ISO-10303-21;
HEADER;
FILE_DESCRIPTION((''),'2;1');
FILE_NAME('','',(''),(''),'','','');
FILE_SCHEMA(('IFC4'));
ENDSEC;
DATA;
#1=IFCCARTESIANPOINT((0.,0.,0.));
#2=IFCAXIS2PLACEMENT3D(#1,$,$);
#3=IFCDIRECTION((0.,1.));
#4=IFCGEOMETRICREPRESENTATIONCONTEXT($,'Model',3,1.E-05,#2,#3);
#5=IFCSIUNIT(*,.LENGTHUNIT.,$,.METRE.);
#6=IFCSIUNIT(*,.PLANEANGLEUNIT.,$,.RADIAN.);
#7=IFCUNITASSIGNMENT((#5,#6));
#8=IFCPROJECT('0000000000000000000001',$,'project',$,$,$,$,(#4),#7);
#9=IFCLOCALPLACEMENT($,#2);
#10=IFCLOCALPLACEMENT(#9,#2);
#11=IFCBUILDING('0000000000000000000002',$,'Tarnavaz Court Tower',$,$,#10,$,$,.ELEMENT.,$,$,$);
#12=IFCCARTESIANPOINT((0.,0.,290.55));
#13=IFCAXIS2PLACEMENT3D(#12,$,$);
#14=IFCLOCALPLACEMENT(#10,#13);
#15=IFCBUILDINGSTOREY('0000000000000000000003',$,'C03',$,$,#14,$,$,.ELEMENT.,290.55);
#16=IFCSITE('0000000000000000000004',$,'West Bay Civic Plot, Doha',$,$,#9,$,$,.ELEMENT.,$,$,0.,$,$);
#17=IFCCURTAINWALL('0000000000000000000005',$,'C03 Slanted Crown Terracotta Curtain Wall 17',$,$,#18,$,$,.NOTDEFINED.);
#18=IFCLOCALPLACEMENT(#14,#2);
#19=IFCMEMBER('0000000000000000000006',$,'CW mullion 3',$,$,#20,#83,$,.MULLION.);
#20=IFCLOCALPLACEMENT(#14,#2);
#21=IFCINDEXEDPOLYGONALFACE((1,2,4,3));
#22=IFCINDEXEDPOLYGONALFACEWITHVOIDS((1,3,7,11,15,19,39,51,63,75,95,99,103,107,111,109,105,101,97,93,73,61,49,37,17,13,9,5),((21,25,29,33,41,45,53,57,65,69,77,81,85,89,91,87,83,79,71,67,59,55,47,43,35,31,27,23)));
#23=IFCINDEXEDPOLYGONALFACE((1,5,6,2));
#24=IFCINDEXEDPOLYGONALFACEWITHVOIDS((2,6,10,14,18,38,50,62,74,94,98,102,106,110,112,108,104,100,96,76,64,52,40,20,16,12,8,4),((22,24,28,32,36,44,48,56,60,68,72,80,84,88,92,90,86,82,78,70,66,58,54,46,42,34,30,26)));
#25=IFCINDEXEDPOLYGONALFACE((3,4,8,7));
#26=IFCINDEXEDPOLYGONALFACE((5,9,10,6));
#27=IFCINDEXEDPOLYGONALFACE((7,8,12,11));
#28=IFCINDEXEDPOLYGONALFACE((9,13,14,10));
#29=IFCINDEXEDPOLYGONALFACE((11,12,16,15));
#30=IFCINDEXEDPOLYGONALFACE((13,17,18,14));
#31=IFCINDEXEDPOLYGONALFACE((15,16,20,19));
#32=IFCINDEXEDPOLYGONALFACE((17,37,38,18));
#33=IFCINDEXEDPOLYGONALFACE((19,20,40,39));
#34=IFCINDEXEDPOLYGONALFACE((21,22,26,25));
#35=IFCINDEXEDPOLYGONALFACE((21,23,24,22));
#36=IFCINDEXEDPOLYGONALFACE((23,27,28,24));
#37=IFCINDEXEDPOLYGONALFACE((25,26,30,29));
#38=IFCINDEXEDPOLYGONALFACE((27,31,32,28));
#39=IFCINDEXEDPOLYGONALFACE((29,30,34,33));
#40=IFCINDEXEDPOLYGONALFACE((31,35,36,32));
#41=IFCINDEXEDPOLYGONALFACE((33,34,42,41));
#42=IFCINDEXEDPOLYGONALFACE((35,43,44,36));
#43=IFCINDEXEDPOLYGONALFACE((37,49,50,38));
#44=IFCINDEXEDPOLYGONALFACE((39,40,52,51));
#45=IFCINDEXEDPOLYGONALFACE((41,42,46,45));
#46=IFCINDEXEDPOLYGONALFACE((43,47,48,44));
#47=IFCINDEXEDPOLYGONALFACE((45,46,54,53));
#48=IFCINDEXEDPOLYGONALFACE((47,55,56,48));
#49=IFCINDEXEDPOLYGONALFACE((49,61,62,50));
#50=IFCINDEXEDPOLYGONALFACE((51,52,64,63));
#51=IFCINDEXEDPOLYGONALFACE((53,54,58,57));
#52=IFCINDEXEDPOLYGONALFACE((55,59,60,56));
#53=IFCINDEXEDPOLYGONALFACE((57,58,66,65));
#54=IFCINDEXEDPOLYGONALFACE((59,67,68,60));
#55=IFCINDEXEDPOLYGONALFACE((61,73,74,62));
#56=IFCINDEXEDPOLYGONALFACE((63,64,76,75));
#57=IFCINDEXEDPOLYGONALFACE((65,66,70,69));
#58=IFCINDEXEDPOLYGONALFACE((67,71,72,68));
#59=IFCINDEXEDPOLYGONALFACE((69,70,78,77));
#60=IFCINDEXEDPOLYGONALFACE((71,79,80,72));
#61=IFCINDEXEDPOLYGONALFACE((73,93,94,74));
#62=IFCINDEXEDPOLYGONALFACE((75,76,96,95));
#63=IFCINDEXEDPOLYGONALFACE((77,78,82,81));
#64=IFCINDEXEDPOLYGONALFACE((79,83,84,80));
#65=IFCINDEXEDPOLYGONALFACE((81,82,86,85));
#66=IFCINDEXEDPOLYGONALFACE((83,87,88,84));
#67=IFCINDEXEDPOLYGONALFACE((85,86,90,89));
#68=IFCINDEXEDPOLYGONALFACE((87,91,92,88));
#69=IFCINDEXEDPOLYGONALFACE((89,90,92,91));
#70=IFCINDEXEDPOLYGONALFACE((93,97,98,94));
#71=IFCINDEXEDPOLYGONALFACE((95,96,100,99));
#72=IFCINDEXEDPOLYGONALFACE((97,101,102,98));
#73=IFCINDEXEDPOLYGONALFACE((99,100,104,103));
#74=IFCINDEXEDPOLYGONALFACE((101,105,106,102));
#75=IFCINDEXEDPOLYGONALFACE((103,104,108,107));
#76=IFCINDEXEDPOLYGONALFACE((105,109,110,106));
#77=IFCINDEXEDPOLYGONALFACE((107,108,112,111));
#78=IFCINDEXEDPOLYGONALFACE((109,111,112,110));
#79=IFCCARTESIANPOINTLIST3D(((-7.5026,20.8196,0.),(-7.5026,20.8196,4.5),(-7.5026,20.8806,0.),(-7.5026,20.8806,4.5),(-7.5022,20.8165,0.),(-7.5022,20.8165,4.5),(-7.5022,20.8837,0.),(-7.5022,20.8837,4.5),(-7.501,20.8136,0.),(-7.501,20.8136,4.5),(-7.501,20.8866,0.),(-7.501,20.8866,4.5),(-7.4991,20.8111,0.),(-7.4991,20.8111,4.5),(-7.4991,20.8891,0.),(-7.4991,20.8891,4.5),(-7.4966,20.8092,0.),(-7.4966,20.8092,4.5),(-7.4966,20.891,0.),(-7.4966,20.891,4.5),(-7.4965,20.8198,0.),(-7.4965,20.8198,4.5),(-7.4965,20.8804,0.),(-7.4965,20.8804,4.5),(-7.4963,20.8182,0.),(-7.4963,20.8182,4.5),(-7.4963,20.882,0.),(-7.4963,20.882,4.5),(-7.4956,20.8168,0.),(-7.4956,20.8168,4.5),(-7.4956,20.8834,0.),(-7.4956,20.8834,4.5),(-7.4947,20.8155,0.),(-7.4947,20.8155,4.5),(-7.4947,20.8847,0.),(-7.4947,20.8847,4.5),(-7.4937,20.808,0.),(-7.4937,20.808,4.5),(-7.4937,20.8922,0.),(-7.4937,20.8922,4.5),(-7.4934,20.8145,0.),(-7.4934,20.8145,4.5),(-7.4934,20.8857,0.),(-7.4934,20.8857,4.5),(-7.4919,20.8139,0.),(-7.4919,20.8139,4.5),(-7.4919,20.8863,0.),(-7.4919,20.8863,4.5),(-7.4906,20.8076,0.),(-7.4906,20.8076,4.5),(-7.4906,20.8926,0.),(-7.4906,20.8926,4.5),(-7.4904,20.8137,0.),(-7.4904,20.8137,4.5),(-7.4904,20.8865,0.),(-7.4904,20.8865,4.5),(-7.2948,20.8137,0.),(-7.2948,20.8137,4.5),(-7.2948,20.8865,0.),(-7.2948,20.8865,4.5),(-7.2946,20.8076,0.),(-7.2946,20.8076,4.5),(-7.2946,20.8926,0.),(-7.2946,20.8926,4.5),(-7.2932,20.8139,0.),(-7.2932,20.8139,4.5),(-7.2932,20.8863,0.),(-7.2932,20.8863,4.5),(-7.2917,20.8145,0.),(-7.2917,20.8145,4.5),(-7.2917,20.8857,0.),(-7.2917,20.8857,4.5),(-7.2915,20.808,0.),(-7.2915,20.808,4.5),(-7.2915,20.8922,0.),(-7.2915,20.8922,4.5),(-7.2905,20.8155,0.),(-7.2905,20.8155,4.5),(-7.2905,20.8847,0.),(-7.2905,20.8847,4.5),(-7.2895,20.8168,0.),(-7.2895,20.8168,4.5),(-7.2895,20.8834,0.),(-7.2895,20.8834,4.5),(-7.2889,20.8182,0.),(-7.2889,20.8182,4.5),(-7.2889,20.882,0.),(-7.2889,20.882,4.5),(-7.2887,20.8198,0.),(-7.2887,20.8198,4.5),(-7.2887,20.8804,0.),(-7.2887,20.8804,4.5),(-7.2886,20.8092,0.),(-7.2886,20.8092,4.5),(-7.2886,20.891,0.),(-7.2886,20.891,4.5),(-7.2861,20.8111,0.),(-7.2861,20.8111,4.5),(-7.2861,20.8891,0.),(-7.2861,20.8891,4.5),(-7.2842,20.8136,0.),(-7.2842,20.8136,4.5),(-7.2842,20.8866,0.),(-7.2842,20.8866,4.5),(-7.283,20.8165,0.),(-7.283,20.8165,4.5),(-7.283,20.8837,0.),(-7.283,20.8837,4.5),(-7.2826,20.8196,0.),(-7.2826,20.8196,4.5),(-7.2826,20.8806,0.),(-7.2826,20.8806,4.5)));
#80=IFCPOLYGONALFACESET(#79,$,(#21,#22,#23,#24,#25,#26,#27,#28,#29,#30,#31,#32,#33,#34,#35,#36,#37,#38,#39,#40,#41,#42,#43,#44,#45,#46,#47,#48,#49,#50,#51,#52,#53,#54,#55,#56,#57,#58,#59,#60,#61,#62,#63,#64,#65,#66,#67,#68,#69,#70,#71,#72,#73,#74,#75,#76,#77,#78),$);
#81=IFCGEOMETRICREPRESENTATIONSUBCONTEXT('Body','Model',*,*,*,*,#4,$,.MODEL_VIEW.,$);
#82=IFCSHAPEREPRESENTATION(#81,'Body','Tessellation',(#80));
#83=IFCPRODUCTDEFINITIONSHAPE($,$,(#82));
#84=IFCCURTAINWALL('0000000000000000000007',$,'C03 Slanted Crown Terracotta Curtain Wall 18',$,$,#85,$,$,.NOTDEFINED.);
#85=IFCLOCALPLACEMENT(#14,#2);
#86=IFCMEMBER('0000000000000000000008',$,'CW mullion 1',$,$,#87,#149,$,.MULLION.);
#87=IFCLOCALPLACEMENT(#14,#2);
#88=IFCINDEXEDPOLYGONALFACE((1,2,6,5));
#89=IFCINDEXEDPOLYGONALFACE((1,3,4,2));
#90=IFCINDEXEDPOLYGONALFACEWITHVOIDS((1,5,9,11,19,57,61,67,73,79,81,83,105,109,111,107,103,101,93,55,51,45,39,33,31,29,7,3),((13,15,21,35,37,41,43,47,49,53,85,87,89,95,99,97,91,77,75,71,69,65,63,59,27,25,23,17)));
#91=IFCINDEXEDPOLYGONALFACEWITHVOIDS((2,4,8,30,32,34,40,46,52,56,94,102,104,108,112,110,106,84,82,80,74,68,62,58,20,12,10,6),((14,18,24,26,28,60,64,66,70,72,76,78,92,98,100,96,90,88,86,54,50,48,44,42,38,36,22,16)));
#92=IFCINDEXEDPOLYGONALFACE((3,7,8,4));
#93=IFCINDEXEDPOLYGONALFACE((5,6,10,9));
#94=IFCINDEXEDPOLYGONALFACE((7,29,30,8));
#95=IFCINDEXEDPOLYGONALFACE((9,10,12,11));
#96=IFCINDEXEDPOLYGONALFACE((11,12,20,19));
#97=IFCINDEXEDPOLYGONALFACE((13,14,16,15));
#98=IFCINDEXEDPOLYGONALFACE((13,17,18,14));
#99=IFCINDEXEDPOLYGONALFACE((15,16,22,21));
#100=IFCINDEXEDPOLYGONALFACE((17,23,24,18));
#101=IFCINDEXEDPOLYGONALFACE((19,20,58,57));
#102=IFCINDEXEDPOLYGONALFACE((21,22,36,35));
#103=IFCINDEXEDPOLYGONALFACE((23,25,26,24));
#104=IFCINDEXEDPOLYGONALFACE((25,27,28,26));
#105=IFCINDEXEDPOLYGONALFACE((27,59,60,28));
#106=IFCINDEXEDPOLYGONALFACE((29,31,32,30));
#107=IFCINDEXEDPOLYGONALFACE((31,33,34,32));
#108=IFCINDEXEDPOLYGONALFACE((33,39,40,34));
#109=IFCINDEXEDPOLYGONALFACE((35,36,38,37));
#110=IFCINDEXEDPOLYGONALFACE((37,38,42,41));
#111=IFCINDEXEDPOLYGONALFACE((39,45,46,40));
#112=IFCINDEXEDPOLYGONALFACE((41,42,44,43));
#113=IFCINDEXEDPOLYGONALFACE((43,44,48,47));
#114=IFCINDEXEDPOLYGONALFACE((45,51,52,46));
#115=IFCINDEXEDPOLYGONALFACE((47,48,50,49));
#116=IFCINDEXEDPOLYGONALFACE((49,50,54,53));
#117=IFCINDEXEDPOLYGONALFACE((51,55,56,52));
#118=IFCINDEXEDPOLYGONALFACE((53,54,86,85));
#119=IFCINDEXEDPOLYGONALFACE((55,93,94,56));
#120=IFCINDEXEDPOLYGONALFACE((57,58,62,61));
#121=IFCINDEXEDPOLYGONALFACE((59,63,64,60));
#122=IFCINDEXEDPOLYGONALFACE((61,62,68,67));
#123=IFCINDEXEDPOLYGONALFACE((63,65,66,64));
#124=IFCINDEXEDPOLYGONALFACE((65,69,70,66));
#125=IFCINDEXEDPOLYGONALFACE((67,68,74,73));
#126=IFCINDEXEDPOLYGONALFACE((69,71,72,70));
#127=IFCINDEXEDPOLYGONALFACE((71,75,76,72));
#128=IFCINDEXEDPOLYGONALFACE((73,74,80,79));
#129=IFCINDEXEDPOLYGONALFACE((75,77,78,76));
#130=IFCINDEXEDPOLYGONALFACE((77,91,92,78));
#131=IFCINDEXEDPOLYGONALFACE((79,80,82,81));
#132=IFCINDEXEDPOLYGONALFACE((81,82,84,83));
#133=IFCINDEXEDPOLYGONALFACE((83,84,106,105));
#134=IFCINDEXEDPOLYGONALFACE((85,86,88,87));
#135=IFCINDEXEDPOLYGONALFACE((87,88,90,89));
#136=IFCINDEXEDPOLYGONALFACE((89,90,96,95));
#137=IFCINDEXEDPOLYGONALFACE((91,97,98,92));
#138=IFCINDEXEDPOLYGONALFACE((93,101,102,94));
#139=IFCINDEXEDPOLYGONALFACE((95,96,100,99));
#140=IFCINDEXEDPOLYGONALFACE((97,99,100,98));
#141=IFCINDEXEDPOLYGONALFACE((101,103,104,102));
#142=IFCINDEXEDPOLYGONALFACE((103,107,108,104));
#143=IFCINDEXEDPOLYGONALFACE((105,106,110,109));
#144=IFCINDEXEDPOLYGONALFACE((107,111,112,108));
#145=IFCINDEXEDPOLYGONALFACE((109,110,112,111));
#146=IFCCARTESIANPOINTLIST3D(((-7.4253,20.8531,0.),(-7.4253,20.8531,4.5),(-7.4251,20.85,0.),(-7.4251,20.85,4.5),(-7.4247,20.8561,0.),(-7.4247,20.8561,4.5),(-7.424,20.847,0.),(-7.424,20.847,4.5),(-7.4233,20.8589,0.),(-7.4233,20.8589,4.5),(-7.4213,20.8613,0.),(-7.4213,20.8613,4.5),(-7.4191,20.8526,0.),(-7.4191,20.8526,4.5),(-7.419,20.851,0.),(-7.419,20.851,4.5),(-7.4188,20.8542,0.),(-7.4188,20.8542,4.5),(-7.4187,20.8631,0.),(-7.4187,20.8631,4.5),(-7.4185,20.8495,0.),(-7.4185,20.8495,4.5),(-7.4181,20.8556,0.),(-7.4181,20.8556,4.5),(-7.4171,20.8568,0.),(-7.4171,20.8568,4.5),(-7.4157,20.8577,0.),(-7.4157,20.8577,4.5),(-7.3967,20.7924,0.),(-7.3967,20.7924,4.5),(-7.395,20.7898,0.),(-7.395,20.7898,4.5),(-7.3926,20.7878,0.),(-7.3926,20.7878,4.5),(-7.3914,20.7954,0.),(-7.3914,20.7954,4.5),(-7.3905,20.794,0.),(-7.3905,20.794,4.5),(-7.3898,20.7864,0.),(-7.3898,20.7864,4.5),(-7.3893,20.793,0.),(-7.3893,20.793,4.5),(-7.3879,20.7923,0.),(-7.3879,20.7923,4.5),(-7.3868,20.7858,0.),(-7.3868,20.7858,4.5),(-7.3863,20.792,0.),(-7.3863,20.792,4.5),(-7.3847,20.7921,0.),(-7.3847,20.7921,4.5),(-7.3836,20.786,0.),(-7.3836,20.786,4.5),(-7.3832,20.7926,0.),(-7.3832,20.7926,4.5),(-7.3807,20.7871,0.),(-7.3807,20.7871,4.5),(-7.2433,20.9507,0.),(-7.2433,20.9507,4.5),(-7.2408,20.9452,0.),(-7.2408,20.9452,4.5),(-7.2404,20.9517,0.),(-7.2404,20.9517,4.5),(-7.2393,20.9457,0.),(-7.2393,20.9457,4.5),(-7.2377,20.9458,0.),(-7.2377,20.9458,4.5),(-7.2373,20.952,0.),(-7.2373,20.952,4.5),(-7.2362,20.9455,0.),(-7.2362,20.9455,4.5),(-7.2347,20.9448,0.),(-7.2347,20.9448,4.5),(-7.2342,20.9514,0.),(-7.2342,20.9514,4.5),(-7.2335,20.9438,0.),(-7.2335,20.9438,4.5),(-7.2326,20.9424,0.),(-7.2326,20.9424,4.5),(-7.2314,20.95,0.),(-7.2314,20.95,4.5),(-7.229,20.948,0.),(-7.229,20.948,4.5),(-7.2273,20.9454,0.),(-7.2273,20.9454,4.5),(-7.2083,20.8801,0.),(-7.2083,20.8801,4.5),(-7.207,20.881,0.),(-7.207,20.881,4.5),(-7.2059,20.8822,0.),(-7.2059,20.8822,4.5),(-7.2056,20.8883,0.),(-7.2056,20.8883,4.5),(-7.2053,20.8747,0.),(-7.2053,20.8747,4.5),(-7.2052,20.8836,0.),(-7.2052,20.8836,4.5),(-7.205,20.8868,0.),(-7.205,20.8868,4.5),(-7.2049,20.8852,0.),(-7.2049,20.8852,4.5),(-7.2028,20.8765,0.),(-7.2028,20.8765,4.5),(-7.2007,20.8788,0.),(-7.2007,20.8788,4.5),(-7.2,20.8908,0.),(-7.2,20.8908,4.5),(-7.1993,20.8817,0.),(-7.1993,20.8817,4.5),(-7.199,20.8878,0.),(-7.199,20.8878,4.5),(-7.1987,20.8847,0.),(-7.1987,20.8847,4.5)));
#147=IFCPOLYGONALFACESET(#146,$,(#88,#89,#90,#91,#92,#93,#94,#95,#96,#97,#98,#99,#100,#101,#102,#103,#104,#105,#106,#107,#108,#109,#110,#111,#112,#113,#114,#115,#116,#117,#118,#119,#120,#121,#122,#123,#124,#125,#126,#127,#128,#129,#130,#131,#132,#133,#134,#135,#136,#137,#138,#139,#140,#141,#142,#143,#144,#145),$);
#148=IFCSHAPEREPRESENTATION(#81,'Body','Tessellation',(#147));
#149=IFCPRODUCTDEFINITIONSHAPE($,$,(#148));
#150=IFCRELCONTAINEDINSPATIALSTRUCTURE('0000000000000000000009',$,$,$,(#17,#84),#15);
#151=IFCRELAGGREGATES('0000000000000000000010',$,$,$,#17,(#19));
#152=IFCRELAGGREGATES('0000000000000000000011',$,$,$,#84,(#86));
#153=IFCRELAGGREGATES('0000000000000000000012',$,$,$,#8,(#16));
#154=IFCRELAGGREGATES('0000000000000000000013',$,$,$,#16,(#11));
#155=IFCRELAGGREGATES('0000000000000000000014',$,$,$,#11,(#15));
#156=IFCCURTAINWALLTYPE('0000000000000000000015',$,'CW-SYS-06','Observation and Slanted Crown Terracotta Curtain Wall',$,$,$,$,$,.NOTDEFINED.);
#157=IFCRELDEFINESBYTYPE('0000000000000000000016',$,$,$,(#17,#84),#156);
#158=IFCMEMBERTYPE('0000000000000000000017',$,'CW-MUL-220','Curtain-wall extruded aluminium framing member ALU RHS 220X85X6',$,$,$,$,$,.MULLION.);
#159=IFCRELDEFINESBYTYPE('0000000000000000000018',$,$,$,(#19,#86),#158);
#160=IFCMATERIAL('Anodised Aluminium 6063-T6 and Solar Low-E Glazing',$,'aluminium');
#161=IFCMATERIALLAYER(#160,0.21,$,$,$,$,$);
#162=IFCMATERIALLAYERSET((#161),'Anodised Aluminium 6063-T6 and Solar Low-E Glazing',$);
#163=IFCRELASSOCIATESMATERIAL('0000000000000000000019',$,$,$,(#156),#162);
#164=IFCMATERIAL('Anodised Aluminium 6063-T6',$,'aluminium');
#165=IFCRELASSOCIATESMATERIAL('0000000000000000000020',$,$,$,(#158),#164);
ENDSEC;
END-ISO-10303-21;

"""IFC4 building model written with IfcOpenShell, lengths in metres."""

from ifc_helpers import new_model, si_unit, direction, frame, origin, origin_2d, place, context, subcontext, project, spatial, hollow_rectangle, extrude, material, layer, layer_set, material_profile, profile_set, type_object, element, aggregate, save


model = new_model("IFC4")

# Units and contexts
model_context = context("Model", 3, precision=1e-05, world=origin(), true_north=direction((0.0, 1.0)))
body_context = subcontext(model_context, "Body", "Model", "MODEL_VIEW")
ifc_project = project(units=[si_unit("LENGTHUNIT", "METRE"), si_unit("PLANEANGLEUNIT", "RADIAN")], contexts=[model_context])

# Site, building, storey
site_placement = place(None, origin())
site = spatial("IfcSite", under=ifc_project, at=site_placement, Name="West Bay Civic Plot, Doha", CompositionType="ELEMENT", RefElevation=0.0)
building_placement = place(site_placement, origin())
building = spatial("IfcBuilding", under=site, at=building_placement, Name="Tarnavaz Court Tower", CompositionType="ELEMENT")
storey_placement = place(building_placement, frame((0.0, 0.0, 290.55)))
storey = spatial("IfcBuildingStorey", under=building, at=storey_placement, Name="C03", CompositionType="ELEMENT", Elevation=290.55)

# Curtain walls, members
ifc_material_1 = material(Name="Anodised Aluminium 6063-T6 and Solar Low-E Glazing", Category="aluminium")
ifc_layer_1 = layer(ifc_material_1, 0.21)
ifc_layer_set_1 = layer_set([ifc_layer_1], Name="Anodised Aluminium 6063-T6 and Solar Low-E Glazing")
curtain_wall_type = type_object("IfcCurtainWallType", Name="CW-SYS-06", Description="Observation and Slanted Crown Terracotta Curtain Wall", PredefinedType="NOTDEFINED", material=ifc_layer_set_1)
ifc_material_2 = material(Name="Anodised Aluminium 6063-T6", Category="aluminium")
ifc_material_profile_1 = material_profile(ifc_material_2, hollow_rectangle(XDim=0.085, YDim=0.22, WallThickness=0.0061, InnerFilletRadius=0.0061, OuterFilletRadius=0.012, at=origin_2d()), Name="ALU RHS 220X85X6")
ifc_profile_set_1 = profile_set([ifc_material_profile_1], Name="Anodised Aluminium 6063-T6")
member_type_1 = type_object("IfcMemberType", Name="CW-MUL-220", Description="Curtain-wall extruded aluminium framing member ALU RHS 220X85X6", PredefinedType="MULLION", material=ifc_profile_set_1)
curtain_wall_1_placement = place(storey_placement, origin())
curtain_wall_1 = element("IfcCurtainWall", 1, at=curtain_wall_1_placement, inside=storey, type_object=curtain_wall_type, Name="C03 Slanted Crown Terracotta Curtain Wall 17", PredefinedType="NOTDEFINED")
member_1_placement = place(storey_placement, frame((-7.3926, 20.8501, 0.0), z_axis=(0.0, 0.0, 1.0), x_axis=(0.0, 1.0, 0.0)))
member_1 = element("IfcMember", 2, at=member_1_placement, type_object=member_type_1, Name="CW mullion 3", PredefinedType="MULLION", context=body_context, shape_type="SweptSolid", body=[
    extrude(hollow_rectangle(XDim=0.085, YDim=0.22, WallThickness=0.0061, InnerFilletRadius=0.0061, OuterFilletRadius=0.012, at=origin_2d()), origin(), (0.0, 0.0, 1.0), 4.5),
])
curtain_wall_2_placement = place(storey_placement, origin())
curtain_wall_2 = element("IfcCurtainWall", 3, at=curtain_wall_2_placement, inside=storey, type_object=curtain_wall_type, Name="C03 Slanted Crown Terracotta Curtain Wall 18", PredefinedType="NOTDEFINED")
member_2_placement = place(storey_placement, frame((-7.312, 20.8689, 0.0), z_axis=(0.0, 0.0, 1.0), x_axis=(-0.447214, 0.894427, 0.0)))
member_2 = element("IfcMember", 4, at=member_2_placement, type_object=member_type_1, Name="CW mullion 1", PredefinedType="MULLION", context=body_context, shape_type="SweptSolid", body=[
    extrude(hollow_rectangle(XDim=0.085, YDim=0.22, WallThickness=0.0061, InnerFilletRadius=0.0061, OuterFilletRadius=0.012, at=origin_2d()), origin(), (0.0, 0.0, 1.0), 4.5),
])

aggregate(curtain_wall_1, [member_1])
aggregate(curtain_wall_2, [member_2])

save(model, "model.ifc")
